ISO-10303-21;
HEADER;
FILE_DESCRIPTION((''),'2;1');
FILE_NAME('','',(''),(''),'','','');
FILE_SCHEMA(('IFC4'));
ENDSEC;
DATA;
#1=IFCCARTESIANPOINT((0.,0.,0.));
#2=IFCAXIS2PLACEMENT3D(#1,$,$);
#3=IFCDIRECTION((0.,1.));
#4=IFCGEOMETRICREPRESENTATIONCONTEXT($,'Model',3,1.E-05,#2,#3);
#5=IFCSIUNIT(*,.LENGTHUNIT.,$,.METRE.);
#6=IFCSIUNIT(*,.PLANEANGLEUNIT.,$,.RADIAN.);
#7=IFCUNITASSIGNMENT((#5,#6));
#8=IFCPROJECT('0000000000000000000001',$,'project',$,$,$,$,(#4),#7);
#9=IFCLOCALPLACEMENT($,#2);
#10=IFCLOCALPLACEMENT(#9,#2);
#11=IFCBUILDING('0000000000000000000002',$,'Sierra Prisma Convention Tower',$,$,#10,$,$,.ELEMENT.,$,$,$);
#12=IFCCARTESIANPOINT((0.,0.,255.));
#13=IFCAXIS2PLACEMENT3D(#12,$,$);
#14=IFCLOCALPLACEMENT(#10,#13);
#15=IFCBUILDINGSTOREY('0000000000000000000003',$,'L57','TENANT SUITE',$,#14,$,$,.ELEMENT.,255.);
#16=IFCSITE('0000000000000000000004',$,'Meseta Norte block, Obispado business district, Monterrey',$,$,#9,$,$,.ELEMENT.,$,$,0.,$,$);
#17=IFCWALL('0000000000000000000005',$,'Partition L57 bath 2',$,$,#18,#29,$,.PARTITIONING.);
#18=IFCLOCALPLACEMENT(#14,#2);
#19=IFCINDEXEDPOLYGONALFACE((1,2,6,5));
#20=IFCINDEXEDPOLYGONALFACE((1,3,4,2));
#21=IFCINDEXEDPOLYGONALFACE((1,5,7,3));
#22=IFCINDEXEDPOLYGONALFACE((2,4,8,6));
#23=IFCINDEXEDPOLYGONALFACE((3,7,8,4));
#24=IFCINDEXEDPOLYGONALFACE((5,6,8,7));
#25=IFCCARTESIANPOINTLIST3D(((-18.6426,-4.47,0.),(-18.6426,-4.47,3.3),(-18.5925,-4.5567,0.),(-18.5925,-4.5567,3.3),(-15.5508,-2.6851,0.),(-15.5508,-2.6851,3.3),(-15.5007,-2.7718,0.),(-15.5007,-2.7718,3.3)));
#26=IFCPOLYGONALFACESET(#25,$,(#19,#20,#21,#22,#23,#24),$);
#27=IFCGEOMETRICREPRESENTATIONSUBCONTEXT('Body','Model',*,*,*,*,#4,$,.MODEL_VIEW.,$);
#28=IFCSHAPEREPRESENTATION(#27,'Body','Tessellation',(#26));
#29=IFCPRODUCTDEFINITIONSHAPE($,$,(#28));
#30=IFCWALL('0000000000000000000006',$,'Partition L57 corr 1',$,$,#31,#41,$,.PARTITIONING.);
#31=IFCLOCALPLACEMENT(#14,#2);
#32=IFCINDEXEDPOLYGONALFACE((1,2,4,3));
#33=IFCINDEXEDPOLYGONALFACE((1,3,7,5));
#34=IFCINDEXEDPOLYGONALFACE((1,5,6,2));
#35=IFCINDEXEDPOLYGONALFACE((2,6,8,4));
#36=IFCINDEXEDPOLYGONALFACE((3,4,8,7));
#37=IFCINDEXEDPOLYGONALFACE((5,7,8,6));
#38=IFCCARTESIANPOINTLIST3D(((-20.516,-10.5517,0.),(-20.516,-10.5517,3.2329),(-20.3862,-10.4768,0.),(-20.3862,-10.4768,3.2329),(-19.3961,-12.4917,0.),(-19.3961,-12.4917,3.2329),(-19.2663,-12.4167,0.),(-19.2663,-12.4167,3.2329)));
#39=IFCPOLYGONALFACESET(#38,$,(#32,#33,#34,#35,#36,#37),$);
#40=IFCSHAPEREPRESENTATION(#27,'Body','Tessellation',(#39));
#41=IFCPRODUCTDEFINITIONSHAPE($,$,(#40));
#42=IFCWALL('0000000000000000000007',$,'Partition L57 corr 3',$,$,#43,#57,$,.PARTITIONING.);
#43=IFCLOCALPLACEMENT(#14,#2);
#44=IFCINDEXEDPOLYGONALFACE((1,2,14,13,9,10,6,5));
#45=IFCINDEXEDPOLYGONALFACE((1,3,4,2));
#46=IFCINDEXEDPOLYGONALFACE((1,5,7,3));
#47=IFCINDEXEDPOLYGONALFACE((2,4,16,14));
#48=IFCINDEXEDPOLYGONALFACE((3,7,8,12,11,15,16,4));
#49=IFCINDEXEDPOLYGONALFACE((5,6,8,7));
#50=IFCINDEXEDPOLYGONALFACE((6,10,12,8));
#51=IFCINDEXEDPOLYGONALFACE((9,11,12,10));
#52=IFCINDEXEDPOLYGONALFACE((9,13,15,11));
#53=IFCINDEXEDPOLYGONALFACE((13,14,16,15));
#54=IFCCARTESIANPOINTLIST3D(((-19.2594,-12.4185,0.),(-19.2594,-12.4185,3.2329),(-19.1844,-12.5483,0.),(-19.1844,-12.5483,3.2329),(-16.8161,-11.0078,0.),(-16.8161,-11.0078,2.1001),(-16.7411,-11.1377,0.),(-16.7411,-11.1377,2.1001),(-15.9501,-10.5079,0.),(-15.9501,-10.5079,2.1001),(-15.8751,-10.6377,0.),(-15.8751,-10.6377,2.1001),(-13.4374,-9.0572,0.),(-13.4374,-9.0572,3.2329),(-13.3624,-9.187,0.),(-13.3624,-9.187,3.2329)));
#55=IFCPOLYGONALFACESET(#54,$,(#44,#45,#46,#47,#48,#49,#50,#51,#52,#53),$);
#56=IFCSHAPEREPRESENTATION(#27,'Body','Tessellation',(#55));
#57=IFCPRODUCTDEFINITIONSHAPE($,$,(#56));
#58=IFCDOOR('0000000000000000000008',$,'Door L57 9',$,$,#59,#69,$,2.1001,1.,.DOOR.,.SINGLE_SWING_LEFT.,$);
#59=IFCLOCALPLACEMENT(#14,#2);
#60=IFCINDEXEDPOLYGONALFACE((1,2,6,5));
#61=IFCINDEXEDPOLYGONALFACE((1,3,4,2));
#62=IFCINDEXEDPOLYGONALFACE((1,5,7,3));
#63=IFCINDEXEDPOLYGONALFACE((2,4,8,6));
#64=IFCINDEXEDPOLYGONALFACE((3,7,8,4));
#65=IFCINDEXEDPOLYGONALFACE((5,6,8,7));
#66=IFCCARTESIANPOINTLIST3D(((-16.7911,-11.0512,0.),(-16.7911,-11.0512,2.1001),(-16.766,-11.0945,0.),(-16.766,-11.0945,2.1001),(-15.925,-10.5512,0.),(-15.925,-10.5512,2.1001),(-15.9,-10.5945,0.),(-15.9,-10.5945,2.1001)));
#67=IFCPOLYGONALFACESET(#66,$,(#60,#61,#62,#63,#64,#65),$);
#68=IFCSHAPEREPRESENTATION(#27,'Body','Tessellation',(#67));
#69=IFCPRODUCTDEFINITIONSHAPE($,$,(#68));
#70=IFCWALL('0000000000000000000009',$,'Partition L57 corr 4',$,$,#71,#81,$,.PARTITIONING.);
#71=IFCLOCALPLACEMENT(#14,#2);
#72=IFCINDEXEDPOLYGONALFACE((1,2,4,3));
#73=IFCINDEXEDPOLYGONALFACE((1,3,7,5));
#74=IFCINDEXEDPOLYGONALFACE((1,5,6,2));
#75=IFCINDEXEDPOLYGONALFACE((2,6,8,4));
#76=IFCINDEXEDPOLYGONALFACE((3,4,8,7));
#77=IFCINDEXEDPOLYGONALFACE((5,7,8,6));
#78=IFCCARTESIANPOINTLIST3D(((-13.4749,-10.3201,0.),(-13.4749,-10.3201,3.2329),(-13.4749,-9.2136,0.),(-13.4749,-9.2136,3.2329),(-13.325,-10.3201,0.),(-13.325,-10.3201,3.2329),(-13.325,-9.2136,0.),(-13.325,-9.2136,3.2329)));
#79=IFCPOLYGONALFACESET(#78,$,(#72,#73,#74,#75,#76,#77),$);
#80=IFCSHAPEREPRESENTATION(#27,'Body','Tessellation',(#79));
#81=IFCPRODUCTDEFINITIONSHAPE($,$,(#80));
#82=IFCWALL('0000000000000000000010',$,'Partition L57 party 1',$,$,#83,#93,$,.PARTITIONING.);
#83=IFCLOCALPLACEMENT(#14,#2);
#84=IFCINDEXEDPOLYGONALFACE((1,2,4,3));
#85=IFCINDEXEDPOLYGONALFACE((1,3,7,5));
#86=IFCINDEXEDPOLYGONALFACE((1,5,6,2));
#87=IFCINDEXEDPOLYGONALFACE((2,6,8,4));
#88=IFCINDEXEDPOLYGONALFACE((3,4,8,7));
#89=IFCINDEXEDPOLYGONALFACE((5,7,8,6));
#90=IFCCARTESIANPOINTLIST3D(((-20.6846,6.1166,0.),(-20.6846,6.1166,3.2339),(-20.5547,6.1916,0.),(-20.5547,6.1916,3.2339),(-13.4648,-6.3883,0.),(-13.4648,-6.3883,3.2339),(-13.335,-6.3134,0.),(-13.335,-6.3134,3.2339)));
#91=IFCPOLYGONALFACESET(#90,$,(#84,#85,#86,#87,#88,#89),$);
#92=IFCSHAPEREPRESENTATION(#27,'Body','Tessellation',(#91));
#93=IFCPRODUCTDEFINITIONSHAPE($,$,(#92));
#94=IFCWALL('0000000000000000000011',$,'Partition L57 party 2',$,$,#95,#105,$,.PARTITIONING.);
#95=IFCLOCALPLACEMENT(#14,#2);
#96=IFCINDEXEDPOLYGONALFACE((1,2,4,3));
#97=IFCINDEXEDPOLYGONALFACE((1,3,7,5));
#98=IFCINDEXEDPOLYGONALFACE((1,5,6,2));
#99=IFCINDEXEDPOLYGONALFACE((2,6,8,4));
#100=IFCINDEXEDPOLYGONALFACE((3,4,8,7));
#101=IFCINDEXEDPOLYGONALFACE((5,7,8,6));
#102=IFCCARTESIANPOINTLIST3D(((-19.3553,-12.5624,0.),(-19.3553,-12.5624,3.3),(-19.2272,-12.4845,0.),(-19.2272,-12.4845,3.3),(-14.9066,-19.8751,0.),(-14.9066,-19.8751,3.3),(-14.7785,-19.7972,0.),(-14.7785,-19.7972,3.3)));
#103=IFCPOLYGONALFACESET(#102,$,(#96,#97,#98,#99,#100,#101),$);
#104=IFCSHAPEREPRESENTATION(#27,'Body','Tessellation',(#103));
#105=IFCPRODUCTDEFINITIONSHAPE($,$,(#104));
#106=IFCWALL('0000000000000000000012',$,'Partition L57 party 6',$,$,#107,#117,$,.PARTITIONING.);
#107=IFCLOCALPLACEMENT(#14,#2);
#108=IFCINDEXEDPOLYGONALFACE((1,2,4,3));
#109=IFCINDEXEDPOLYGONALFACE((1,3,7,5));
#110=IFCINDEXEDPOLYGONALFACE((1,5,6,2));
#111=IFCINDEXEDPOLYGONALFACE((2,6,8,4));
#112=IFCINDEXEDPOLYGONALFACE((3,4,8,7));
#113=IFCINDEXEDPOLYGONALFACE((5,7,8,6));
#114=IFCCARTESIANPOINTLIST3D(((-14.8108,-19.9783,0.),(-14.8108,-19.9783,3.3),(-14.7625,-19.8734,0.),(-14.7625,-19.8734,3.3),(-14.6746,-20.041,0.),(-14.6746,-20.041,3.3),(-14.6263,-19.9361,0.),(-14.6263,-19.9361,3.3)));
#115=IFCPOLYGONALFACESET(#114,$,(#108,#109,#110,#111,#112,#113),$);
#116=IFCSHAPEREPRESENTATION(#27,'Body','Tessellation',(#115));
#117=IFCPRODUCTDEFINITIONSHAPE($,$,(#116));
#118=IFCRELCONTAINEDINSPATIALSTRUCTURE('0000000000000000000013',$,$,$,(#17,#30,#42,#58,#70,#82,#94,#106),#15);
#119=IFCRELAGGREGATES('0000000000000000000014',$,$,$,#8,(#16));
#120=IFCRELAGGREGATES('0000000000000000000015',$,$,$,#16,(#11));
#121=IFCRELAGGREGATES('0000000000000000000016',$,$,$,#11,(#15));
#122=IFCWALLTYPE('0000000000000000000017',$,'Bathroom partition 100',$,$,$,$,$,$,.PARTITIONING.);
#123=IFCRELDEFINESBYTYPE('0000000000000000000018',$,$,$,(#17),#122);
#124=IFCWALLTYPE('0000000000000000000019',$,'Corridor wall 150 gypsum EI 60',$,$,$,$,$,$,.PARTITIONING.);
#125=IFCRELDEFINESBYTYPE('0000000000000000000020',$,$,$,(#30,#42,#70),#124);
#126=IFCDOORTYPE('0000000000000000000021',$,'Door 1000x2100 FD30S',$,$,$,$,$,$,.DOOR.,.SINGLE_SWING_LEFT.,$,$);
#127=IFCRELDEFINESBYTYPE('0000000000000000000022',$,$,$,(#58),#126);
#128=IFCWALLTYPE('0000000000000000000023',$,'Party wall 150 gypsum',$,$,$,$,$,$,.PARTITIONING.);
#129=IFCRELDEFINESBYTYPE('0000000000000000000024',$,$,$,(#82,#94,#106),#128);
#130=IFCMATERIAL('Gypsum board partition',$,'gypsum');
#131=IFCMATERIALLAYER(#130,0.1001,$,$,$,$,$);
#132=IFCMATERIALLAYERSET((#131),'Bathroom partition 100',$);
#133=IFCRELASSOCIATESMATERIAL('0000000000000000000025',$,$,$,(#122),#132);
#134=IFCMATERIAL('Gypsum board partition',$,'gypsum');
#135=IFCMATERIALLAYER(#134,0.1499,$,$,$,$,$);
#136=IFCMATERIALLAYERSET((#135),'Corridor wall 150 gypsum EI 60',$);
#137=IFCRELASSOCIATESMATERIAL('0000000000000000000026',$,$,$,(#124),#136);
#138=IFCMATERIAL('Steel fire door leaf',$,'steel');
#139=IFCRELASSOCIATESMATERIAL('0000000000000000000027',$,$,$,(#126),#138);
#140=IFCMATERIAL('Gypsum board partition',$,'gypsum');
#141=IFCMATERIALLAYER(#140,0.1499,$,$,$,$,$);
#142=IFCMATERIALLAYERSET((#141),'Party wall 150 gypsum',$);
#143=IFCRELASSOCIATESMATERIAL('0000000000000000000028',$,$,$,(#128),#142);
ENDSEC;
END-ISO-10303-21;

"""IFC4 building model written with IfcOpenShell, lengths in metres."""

from ifc_helpers import new_model, si_unit, direction, frame, frame_2d, origin, place, context, subcontext, project, spatial, rectangle, extrude, material, layer, layer_set, type_object, element, fill, save


model = new_model("IFC4")

# Units and contexts
model_context = context("Model", 3, precision=1e-05, world=origin(), true_north=direction((0.0, 1.0)))
body_context = subcontext(model_context, "Body", "Model", "MODEL_VIEW")
ifc_project = project(units=[si_unit("LENGTHUNIT", "METRE"), si_unit("PLANEANGLEUNIT", "RADIAN")], contexts=[model_context])

# Site, building, storey
site_placement = place(None, origin())
site = spatial("IfcSite", under=ifc_project, at=site_placement, Name="Meseta Norte block, Obispado business district, Monterrey", CompositionType="ELEMENT", RefElevation=0.0)
building_placement = place(site_placement, origin())
building = spatial("IfcBuilding", under=site, at=building_placement, Name="Sierra Prisma Convention Tower", CompositionType="ELEMENT")
storey_placement = place(building_placement, frame((0.0, 0.0, 255.0)))
storey = spatial("IfcBuildingStorey", under=building, at=storey_placement, Name="L57", Description="TENANT SUITE", CompositionType="ELEMENT", Elevation=255.0)

# Walls
ifc_material_1 = material(Name="Gypsum board partition", Category="gypsum")
ifc_layer_1 = layer(ifc_material_1, 0.1001)
ifc_layer_set_1 = layer_set([ifc_layer_1], Name="Bathroom partition 100")
wall_type_1 = type_object("IfcWallType", Name="Bathroom partition 100", PredefinedType="PARTITIONING", material=ifc_layer_set_1)
wall_1_placement = place(storey_placement, frame((-18.6177, -4.5134, 0.0), z_axis=(0.0, 0.0, 1.0), x_axis=(0.866042, 0.499971, 0.0)))
element("IfcWall", 1, at=wall_1_placement, inside=storey, type_object=wall_type_1, Name="Partition L57 bath 2", PredefinedType="PARTITIONING", context=body_context, shape_type="SweptSolid", body=[
    extrude(rectangle(XDim=3.5701, YDim=0.1001, at=frame_2d((1.7852, 0.0))), origin(), (0.0, 0.0, 1.0), 3.3),
])
ifc_material_2 = material(Name="Gypsum board partition", Category="gypsum")
ifc_layer_2 = layer(ifc_material_2, 0.1499)
ifc_layer_set_2 = layer_set([ifc_layer_2], Name="Corridor wall 150 gypsum EI 60")
wall_type_2 = type_object("IfcWallType", Name="Corridor wall 150 gypsum EI 60", PredefinedType="PARTITIONING", material=ifc_layer_set_2)
wall_2_placement = place(storey_placement, frame((-20.4512, -10.5142, 0.0), z_axis=(0.0, 0.0, 1.0), x_axis=(0.499949, -0.866055, 0.0)))
element("IfcWall", 2, at=wall_2_placement, inside=storey, type_object=wall_type_2, Name="Partition L57 corr 1", PredefinedType="PARTITIONING", context=body_context, shape_type="SweptSolid", body=[
    extrude(rectangle(XDim=2.24, YDim=0.1499, at=frame_2d((1.1201, 0.0))), origin(), (0.0, 0.0, 1.0), 3.2329),
])

# Wall, opening, door
wall_3_placement = place(storey_placement, frame((-19.2219, -12.4834, 0.0), z_axis=(0.0, 0.0, 1.0), x_axis=(0.866027, 0.499998, 0.0)))
wall_3 = element("IfcWall", 3, at=wall_3_placement, inside=storey, type_object=wall_type_2, Name="Partition L57 corr 3", PredefinedType="PARTITIONING", context=body_context, shape_type="SweptSolid", body=[
    extrude(rectangle(XDim=6.7227, YDim=0.1499, at=frame_2d((3.3613, 0.0))), origin(), (0.0, 0.0, 1.0), 3.2329),
])
opening_placement = place(wall_3_placement, frame((2.8213, 0.0, 0.0)))
opening = element("IfcOpeningElement", 4, at=opening_placement, cuts=wall_3, PredefinedType="OPENING", context=body_context, shape_type="SweptSolid", body=[
    extrude(rectangle(XDim=1.0, YDim=2.1001, at=frame_2d((0.5, 1.05))), frame((0.0, 0.075, 0.0), z_axis=(0.0, -1.0, 0.0), x_axis=(1.0, 0.0, 0.0)), (0.0, 0.0, 1.0), 0.1499),
])
ifc_material_3 = material(Name="Steel fire door leaf", Category="steel")
door_type = type_object("IfcDoorType", Name="Door 1000x2100 FD30S", OperationType="SINGLE_SWING_LEFT", PredefinedType="DOOR", material=ifc_material_3)
door_placement = place(opening_placement, origin())
door = element("IfcDoor", 5, at=door_placement, inside=storey, type_object=door_type, Name="Door L57 9", OperationType="SINGLE_SWING_LEFT", OverallHeight=2.1001, OverallWidth=1.0, PredefinedType="DOOR", context=body_context, shape_type="SweptSolid", body=[
    extrude(rectangle(XDim=1.0, YDim=2.1001, at=frame_2d((0.5, 1.05))), frame((0.0, 0.0249, 0.0), z_axis=(0.0, -1.0, 0.0), x_axis=(1.0, 0.0, 0.0)), (0.0, 0.0, 1.0), 0.05),
])
fill(opening, door)

# Walls
wall_4_placement = place(storey_placement, frame((-13.3999, -9.2136, 0.0), z_axis=(0.0, 0.0, 1.0), x_axis=(0.0, -1.0, 0.0)))
element("IfcWall", 6, at=wall_4_placement, inside=storey, type_object=wall_type_2, Name="Partition L57 corr 4", PredefinedType="PARTITIONING", context=body_context, shape_type="SweptSolid", body=[
    extrude(rectangle(XDim=1.1064, YDim=0.1499, at=frame_2d((0.5532, 0.0))), origin(), (0.0, 0.0, 1.0), 3.2329),
])
ifc_material_4 = material(Name="Gypsum board partition", Category="gypsum")
ifc_layer_3 = layer(ifc_material_4, 0.1499)
ifc_layer_set_3 = layer_set([ifc_layer_3], Name="Party wall 150 gypsum")
wall_type_3 = type_object("IfcWallType", Name="Party wall 150 gypsum", PredefinedType="PARTITIONING", material=ifc_layer_set_3)
wall_5_placement = place(storey_placement, frame((-13.3999, -6.3508, 0.0), z_axis=(0.0, 0.0, 1.0), x_axis=(-0.500002, 0.866025, 0.0)))
element("IfcWall", 7, at=wall_5_placement, inside=storey, type_object=wall_type_3, Name="Partition L57 party 1", PredefinedType="PARTITIONING", context=body_context, shape_type="SweptSolid", body=[
    extrude(rectangle(XDim=14.4395, YDim=0.1499, at=frame_2d((7.2197, 0.0))), origin(), (0.0, 0.0, 1.0), 3.2339),
])
wall_6_placement = place(storey_placement, frame((-19.2913, -12.5234, 0.0), z_axis=(0.0, 0.0, 1.0), x_axis=(0.519733, -0.854329, 0.0)))
element("IfcWall", 8, at=wall_6_placement, inside=storey, type_object=wall_type_3, Name="Partition L57 party 2", PredefinedType="PARTITIONING", context=body_context, shape_type="SweptSolid", body=[
    extrude(rectangle(XDim=8.5596, YDim=0.1499, at=frame_2d((4.2798, 0.0))), origin(), (0.0, 0.0, 1.0), 3.3),
])
wall_7_placement = place(storey_placement, frame((-14.7427, -20.0095, 0.0), z_axis=(0.0, 0.0, 1.0), x_axis=(0.418254, 0.90833, 0.0)))
element("IfcWall", 9, at=wall_7_placement, inside=storey, type_object=wall_type_3, Name="Partition L57 party 6", PredefinedType="PARTITIONING", context=body_context, shape_type="SweptSolid", body=[
    extrude(rectangle(XDim=0.1155, YDim=0.1499, at=frame_2d((0.0576, 0.0))), origin(), (0.0, 0.0, 1.0), 3.3),
])

save(model, "model.ifc")
